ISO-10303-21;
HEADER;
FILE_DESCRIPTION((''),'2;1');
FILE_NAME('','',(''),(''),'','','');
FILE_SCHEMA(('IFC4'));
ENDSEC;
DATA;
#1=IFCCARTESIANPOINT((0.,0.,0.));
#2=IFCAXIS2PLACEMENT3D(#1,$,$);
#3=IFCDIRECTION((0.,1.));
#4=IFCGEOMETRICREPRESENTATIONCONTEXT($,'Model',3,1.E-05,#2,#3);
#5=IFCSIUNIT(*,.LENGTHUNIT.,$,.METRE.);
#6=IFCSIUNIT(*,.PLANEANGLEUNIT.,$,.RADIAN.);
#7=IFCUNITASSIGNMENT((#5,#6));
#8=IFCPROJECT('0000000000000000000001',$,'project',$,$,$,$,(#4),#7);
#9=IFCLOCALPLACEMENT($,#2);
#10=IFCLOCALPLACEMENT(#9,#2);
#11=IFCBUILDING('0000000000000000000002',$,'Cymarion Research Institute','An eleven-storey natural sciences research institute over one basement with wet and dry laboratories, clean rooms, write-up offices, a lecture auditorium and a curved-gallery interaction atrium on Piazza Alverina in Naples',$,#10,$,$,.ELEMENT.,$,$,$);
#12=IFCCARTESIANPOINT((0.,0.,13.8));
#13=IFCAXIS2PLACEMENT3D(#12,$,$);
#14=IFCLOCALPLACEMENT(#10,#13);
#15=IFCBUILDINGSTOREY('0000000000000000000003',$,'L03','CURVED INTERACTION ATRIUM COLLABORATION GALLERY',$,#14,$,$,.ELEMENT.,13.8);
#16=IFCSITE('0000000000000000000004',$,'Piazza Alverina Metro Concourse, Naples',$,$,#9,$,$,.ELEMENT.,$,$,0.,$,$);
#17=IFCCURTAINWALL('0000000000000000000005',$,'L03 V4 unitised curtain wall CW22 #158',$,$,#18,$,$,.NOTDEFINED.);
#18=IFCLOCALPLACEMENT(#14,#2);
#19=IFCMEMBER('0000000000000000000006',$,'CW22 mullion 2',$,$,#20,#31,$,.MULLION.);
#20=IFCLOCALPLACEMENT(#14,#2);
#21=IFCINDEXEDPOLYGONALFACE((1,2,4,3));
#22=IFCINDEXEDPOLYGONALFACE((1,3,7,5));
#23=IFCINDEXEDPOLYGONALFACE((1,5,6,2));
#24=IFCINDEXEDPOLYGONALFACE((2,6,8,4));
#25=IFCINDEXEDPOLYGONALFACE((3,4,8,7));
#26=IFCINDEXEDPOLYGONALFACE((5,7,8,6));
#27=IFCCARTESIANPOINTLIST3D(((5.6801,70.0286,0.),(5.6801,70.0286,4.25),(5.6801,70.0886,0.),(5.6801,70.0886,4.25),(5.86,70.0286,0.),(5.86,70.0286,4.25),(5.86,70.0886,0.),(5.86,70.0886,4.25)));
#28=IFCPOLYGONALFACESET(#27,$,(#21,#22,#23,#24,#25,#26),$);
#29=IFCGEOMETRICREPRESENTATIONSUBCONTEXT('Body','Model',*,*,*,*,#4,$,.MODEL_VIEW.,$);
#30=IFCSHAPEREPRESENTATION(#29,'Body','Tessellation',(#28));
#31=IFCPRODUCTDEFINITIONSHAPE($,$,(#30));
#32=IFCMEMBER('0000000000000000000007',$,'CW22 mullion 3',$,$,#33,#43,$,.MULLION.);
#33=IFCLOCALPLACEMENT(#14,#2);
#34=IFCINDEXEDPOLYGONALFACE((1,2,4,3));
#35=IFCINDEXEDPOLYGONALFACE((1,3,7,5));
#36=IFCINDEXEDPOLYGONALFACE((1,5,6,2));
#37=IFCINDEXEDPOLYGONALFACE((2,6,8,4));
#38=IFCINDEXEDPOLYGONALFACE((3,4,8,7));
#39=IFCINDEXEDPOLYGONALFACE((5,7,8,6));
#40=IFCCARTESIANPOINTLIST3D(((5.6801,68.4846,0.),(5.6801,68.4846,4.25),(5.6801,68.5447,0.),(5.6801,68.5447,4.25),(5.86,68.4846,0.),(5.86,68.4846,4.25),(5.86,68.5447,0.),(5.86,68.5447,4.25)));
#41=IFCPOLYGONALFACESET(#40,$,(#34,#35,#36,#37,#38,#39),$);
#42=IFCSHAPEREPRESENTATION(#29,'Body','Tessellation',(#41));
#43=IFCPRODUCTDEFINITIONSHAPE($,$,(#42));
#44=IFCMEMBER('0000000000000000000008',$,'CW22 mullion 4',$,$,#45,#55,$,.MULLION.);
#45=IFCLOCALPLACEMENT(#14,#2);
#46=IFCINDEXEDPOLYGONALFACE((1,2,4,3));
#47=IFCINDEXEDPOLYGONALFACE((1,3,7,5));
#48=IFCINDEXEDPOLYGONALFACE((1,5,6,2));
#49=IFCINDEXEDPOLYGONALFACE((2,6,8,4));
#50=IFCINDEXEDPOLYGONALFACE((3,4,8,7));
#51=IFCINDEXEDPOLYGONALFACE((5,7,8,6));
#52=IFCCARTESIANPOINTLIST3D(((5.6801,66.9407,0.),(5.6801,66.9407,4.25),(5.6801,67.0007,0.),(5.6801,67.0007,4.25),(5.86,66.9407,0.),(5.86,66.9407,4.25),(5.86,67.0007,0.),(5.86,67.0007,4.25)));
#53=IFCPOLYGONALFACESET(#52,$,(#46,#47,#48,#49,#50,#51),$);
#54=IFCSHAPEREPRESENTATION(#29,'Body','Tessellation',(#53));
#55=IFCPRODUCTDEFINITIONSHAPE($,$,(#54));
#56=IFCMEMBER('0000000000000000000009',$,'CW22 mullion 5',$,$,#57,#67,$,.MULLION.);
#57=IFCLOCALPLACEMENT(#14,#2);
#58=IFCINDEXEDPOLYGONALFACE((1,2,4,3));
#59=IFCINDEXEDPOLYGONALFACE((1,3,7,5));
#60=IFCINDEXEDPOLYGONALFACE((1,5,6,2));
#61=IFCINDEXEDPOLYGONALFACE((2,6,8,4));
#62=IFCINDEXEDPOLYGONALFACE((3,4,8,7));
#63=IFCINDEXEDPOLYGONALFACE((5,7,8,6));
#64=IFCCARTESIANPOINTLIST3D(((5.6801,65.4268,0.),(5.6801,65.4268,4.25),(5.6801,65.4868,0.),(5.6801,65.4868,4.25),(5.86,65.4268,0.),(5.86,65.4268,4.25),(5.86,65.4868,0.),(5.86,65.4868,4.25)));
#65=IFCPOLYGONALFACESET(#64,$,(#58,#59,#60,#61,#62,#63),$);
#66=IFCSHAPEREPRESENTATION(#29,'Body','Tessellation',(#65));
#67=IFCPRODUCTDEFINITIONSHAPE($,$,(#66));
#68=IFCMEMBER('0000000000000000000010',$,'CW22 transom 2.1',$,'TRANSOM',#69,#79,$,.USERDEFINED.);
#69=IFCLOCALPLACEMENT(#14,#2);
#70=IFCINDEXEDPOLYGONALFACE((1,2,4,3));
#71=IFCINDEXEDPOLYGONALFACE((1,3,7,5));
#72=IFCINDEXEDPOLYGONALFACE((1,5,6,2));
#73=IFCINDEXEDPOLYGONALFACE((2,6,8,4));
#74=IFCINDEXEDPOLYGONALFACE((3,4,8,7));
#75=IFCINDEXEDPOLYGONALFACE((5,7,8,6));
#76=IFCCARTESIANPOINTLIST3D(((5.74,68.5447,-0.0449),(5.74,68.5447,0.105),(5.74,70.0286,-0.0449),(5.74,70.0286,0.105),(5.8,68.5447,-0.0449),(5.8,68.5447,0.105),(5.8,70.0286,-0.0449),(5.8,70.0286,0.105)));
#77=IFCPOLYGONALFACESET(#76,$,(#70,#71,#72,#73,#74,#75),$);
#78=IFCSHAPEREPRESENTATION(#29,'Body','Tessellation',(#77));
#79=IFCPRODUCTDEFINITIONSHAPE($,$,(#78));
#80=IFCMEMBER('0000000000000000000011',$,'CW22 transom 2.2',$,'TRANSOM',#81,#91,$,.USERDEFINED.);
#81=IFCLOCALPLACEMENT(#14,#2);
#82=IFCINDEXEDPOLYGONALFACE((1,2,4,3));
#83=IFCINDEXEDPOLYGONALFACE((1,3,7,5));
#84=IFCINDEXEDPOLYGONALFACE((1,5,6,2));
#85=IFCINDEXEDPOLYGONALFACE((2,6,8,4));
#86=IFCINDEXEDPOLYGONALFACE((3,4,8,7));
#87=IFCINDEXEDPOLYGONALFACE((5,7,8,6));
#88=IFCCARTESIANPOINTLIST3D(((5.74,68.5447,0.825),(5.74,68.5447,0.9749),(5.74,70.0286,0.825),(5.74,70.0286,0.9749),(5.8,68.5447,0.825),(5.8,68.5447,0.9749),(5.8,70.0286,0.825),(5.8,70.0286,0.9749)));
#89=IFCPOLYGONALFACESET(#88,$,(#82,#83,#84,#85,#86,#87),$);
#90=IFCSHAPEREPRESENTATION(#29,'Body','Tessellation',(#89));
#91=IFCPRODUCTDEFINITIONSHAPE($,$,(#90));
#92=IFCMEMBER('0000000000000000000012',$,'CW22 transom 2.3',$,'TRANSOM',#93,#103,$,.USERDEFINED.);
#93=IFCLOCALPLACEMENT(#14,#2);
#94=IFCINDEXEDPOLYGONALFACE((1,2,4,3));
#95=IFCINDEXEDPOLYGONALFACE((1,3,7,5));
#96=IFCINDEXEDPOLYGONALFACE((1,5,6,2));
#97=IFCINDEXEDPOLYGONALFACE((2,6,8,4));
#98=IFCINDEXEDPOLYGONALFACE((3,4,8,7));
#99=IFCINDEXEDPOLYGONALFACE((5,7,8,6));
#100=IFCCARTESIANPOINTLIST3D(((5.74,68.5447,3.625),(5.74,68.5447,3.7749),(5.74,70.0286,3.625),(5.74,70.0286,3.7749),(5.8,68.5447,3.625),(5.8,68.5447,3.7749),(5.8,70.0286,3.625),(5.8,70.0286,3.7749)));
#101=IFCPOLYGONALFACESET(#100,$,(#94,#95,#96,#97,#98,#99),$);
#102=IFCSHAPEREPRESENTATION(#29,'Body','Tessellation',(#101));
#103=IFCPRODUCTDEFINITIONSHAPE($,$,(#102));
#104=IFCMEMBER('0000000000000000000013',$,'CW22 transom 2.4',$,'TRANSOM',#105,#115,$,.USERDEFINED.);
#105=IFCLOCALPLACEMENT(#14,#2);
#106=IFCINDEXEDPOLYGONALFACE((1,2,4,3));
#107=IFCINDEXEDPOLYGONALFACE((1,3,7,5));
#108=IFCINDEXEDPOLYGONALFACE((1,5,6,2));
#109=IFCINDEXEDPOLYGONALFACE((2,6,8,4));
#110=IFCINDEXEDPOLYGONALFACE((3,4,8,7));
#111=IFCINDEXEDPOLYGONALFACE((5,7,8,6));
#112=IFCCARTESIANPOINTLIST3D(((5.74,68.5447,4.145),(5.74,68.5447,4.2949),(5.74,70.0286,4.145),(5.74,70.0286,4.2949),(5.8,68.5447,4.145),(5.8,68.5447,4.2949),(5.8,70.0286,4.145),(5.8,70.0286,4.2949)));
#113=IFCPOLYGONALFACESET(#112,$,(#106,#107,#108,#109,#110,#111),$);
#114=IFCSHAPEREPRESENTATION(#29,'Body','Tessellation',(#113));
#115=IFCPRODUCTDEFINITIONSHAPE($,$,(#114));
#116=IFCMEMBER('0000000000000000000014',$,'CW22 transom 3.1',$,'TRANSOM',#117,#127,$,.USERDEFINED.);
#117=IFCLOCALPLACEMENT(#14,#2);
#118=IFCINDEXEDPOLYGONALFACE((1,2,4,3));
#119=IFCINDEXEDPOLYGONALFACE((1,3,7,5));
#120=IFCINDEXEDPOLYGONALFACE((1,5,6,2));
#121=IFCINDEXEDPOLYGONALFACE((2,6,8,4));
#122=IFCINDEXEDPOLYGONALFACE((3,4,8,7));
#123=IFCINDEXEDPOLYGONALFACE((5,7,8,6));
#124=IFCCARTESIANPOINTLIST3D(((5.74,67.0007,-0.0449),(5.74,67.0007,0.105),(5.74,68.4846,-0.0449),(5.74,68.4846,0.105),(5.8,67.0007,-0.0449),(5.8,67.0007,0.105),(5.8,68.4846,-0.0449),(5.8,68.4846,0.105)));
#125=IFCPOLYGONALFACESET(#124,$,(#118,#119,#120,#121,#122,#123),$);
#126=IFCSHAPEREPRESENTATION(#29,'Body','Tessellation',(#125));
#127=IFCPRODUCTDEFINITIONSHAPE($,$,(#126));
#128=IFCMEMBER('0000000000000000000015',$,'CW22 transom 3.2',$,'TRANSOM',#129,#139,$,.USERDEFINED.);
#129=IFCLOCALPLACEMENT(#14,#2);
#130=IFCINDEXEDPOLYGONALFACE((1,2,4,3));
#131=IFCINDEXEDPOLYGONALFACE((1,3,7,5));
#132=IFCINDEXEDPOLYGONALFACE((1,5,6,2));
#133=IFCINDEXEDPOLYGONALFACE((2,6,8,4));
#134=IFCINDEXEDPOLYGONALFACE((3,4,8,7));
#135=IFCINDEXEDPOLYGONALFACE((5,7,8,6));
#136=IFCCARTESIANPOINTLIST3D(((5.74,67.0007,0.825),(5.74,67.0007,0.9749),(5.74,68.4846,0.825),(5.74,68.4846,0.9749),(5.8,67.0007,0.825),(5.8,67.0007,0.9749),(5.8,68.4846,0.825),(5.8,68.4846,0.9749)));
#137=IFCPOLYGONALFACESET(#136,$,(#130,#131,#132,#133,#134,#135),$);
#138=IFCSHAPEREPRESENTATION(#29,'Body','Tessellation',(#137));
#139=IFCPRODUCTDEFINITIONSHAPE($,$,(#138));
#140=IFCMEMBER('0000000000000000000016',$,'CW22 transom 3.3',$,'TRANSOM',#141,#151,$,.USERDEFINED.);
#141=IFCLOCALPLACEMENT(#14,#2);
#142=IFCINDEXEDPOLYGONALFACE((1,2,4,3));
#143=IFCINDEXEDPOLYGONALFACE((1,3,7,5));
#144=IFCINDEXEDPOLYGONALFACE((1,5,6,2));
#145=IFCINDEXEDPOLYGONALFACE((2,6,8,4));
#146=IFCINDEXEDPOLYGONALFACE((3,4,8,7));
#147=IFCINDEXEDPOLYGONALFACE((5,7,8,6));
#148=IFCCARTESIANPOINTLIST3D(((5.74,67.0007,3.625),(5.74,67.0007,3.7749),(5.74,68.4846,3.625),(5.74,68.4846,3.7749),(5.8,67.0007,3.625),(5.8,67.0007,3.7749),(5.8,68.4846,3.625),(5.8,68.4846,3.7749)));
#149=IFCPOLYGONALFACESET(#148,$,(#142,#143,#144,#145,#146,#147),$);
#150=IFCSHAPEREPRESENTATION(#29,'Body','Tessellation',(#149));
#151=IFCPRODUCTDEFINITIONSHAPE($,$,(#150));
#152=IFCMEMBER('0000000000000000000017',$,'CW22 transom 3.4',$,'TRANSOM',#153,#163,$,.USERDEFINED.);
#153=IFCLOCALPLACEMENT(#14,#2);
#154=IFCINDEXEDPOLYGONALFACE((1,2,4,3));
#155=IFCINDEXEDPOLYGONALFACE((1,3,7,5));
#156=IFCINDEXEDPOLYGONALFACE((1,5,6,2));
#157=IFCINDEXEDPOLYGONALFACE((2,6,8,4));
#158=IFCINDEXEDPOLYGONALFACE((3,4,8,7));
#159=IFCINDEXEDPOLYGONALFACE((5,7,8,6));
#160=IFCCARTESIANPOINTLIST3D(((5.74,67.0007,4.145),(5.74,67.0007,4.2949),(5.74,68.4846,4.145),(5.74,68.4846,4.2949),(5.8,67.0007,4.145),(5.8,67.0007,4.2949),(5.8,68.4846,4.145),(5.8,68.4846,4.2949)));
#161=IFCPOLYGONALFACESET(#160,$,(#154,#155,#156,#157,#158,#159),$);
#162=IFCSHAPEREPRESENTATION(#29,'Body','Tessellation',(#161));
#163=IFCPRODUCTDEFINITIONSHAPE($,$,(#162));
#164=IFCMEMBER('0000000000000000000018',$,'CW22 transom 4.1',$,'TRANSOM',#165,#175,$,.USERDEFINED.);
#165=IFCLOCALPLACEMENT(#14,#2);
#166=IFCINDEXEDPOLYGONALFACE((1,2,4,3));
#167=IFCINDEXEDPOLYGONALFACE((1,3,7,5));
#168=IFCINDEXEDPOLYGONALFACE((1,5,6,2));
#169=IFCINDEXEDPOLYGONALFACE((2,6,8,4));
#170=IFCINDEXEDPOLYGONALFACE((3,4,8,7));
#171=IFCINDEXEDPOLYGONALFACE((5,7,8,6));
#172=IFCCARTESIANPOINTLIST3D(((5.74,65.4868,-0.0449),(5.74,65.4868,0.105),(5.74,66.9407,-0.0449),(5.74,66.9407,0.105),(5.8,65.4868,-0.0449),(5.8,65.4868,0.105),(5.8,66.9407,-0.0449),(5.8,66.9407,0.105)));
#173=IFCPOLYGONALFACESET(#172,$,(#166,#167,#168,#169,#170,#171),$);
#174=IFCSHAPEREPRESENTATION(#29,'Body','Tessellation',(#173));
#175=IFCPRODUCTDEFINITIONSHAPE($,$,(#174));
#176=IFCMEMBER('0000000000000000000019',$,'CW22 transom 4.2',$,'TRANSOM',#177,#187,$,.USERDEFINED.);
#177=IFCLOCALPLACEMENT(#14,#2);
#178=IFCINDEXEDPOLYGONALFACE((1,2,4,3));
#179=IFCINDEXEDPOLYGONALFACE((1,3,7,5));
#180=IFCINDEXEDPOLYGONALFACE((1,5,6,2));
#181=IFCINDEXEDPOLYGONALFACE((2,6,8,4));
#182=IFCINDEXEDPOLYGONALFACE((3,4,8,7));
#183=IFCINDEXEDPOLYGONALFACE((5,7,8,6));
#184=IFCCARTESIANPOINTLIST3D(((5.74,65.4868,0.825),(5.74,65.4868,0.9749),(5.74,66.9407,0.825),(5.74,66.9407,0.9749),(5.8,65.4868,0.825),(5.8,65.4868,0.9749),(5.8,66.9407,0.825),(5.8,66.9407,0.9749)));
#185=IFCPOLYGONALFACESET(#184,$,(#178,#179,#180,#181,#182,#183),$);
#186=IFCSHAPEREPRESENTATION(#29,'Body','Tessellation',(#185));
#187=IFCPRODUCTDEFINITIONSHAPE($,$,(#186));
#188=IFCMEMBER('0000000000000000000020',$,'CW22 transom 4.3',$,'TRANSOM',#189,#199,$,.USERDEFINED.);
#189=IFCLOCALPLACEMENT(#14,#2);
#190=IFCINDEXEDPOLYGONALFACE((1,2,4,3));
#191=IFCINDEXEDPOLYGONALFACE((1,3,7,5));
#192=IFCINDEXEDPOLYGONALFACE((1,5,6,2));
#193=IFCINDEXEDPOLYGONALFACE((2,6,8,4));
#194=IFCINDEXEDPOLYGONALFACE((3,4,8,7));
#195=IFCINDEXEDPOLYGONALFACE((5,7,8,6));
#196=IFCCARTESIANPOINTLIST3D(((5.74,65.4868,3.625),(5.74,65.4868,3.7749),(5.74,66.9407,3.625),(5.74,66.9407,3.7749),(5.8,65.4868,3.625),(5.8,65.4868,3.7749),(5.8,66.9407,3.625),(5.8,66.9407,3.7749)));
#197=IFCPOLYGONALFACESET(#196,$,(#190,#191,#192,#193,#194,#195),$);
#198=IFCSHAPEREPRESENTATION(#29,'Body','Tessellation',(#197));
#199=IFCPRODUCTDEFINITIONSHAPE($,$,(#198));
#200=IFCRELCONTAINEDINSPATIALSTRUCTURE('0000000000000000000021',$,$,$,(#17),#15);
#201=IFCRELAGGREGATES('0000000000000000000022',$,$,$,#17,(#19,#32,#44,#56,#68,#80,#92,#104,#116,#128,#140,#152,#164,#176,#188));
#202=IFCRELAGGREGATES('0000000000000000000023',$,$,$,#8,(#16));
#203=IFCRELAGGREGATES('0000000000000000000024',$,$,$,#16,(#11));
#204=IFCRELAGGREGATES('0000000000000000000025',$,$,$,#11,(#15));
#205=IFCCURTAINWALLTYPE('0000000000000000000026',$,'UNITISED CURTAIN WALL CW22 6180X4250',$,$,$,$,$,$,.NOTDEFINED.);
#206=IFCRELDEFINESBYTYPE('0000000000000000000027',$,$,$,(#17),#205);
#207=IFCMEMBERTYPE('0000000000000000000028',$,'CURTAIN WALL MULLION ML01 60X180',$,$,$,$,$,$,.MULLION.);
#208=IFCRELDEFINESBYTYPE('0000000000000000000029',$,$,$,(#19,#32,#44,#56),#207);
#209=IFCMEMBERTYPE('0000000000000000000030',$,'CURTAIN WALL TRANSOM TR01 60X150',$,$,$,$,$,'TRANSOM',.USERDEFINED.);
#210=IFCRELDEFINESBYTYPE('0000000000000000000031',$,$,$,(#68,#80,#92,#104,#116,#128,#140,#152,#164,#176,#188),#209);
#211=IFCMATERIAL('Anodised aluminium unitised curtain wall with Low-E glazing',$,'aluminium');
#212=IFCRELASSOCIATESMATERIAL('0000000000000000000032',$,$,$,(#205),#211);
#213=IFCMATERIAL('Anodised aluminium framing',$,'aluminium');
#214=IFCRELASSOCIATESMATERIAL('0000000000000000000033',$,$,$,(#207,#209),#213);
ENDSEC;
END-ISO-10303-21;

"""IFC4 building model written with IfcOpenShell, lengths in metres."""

from ifc_helpers import new_model, si_unit, direction, frame, origin, origin_2d, place, context, subcontext, project, spatial, rectangle, extrude, material, material_profile, profile_set, type_object, element, aggregate, save


model = new_model("IFC4")

# Units and contexts
model_context = context("Model", 3, precision=1e-05, world=origin(), true_north=direction((0.0, 1.0)))
body_context = subcontext(model_context, "Body", "Model", "MODEL_VIEW")
ifc_project = project(units=[si_unit("LENGTHUNIT", "METRE"), si_unit("PLANEANGLEUNIT", "RADIAN")], contexts=[model_context])

# Site, building, storey
site_placement = place(None, origin())
site = spatial("IfcSite", under=ifc_project, at=site_placement, Name="Piazza Alverina Metro Concourse, Naples", CompositionType="ELEMENT", RefElevation=0.0)
building_placement = place(site_placement, origin())
building = spatial("IfcBuilding", under=site, at=building_placement, Name="Cymarion Research Institute", Description="An eleven-storey natural sciences research institute over one basement with wet and dry laboratories, clean rooms, write-up offices, a lecture auditorium and a curved-gallery interaction atrium on Piazza Alverina in Naples", CompositionType="ELEMENT")
storey_placement = place(building_placement, frame((0.0, 0.0, 13.8)))
storey = spatial("IfcBuildingStorey", under=building, at=storey_placement, Name="L03", Description="CURVED INTERACTION ATRIUM COLLABORATION GALLERY", CompositionType="ELEMENT", Elevation=13.8)

# Curtain wall, members
ifc_material_1 = material(Name="Anodised aluminium unitised curtain wall with Low-E glazing", Category="aluminium")
curtain_wall_type = type_object("IfcCurtainWallType", Name="UNITISED CURTAIN WALL CW22 6180X4250", PredefinedType="NOTDEFINED", material=ifc_material_1)
curtain_wall_placement = place(storey_placement, origin())
curtain_wall = element("IfcCurtainWall", 1, at=curtain_wall_placement, inside=storey, type_object=curtain_wall_type, Name="L03 V4 unitised curtain wall CW22 #158", PredefinedType="NOTDEFINED")
ifc_material_2 = material(Name="Anodised aluminium framing", Category="aluminium")
ifc_material_profile_1 = material_profile(ifc_material_2, rectangle(XDim=0.0601, YDim=0.1799, at=origin_2d()), Name="ALU MULLION 60x180")
ifc_profile_set_1 = profile_set([ifc_material_profile_1], Name="Anodised aluminium framing")
member_type_1 = type_object("IfcMemberType", Name="CURTAIN WALL MULLION ML01 60X180", PredefinedType="MULLION", material=ifc_profile_set_1)
member_1_placement = place(storey_placement, frame((5.77, 70.0586, 0.0), z_axis=(0.0, 0.0, 1.0), x_axis=(0.0, -1.0, 0.0)))
member_1 = element("IfcMember", 2, at=member_1_placement, type_object=member_type_1, Name="CW22 mullion 2", PredefinedType="MULLION", context=body_context, shape_type="SweptSolid", body=[
    extrude(rectangle(XDim=0.0601, YDim=0.1799, at=origin_2d()), origin(), (0.0, 0.0, 1.0), 4.25),
])
member_2_placement = place(storey_placement, frame((5.77, 68.5146, 0.0), z_axis=(0.0, 0.0, 1.0), x_axis=(0.0, -1.0, 0.0)))
member_2 = element("IfcMember", 3, at=member_2_placement, type_object=member_type_1, Name="CW22 mullion 3", PredefinedType="MULLION", context=body_context, shape_type="SweptSolid", body=[
    extrude(rectangle(XDim=0.0601, YDim=0.1799, at=origin_2d()), origin(), (0.0, 0.0, 1.0), 4.25),
])
member_3_placement = place(storey_placement, frame((5.77, 66.9707, 0.0), z_axis=(0.0, 0.0, 1.0), x_axis=(0.0, -1.0, 0.0)))
member_3 = element("IfcMember", 4, at=member_3_placement, type_object=member_type_1, Name="CW22 mullion 4", PredefinedType="MULLION", context=body_context, shape_type="SweptSolid", body=[
    extrude(rectangle(XDim=0.0601, YDim=0.1799, at=origin_2d()), origin(), (0.0, 0.0, 1.0), 4.25),
])
member_4_placement = place(storey_placement, frame((5.77, 65.4568, 0.0), z_axis=(0.0, 0.0, 1.0), x_axis=(0.0, -1.0, 0.0)))
member_4 = element("IfcMember", 5, at=member_4_placement, type_object=member_type_1, Name="CW22 mullion 5", PredefinedType="MULLION", context=body_context, shape_type="SweptSolid", body=[
    extrude(rectangle(XDim=0.0601, YDim=0.1799, at=origin_2d()), origin(), (0.0, 0.0, 1.0), 4.25),
])
ifc_material_profile_2 = material_profile(ifc_material_2, rectangle(XDim=0.0601, YDim=0.1499, at=origin_2d()), Name="ALU TRANSOM 60x150")
ifc_profile_set_2 = profile_set([ifc_material_profile_2], Name="Anodised aluminium framing")
member_type_2 = type_object("IfcMemberType", Name="CURTAIN WALL TRANSOM TR01 60X150", ElementType="TRANSOM", PredefinedType="USERDEFINED", material=ifc_profile_set_2)
member_5_placement = place(storey_placement, frame((5.77, 70.0286, 0.03), z_axis=(0.0, -1.0, 0.0), x_axis=(1.0, 0.0, 0.0)))
member_5 = element("IfcMember", 6, at=member_5_placement, type_object=member_type_2, Name="CW22 transom 2.1", ObjectType="TRANSOM", PredefinedType="USERDEFINED", context=body_context, shape_type="SweptSolid", body=[
    extrude(rectangle(XDim=0.0601, YDim=0.1499, at=origin_2d()), origin(), (0.0, 0.0, 1.0), 1.4839),
])
member_6_placement = place(storey_placement, frame((5.77, 70.0286, 0.8999), z_axis=(0.0, -1.0, 0.0), x_axis=(1.0, 0.0, 0.0)))
member_6 = element("IfcMember", 7, at=member_6_placement, type_object=member_type_2, Name="CW22 transom 2.2", ObjectType="TRANSOM", PredefinedType="USERDEFINED", context=body_context, shape_type="SweptSolid", body=[
    extrude(rectangle(XDim=0.0601, YDim=0.1499, at=origin_2d()), origin(), (0.0, 0.0, 1.0), 1.4839),
])
member_7_placement = place(storey_placement, frame((5.77, 70.0286, 3.7), z_axis=(0.0, -1.0, 0.0), x_axis=(1.0, 0.0, 0.0)))
member_7 = element("IfcMember", 8, at=member_7_placement, type_object=member_type_2, Name="CW22 transom 2.3", ObjectType="TRANSOM", PredefinedType="USERDEFINED", context=body_context, shape_type="SweptSolid", body=[
    extrude(rectangle(XDim=0.0601, YDim=0.1499, at=origin_2d()), origin(), (0.0, 0.0, 1.0), 1.4839),
])
member_8_placement = place(storey_placement, frame((5.77, 70.0286, 4.22), z_axis=(0.0, -1.0, 0.0), x_axis=(1.0, 0.0, 0.0)))
member_8 = element("IfcMember", 9, at=member_8_placement, type_object=member_type_2, Name="CW22 transom 2.4", ObjectType="TRANSOM", PredefinedType="USERDEFINED", context=body_context, shape_type="SweptSolid", body=[
    extrude(rectangle(XDim=0.0601, YDim=0.1499, at=origin_2d()), origin(), (0.0, 0.0, 1.0), 1.4839),
])
member_9_placement = place(storey_placement, frame((5.77, 68.4846, 0.03), z_axis=(0.0, -1.0, 0.0), x_axis=(1.0, 0.0, 0.0)))
member_9 = element("IfcMember", 10, at=member_9_placement, type_object=member_type_2, Name="CW22 transom 3.1", ObjectType="TRANSOM", PredefinedType="USERDEFINED", context=body_context, shape_type="SweptSolid", body=[
    extrude(rectangle(XDim=0.0601, YDim=0.1499, at=origin_2d()), origin(), (0.0, 0.0, 1.0), 1.4839),
])
member_10_placement = place(storey_placement, frame((5.77, 68.4846, 0.8999), z_axis=(0.0, -1.0, 0.0), x_axis=(1.0, 0.0, 0.0)))
member_10 = element("IfcMember", 11, at=member_10_placement, type_object=member_type_2, Name="CW22 transom 3.2", ObjectType="TRANSOM", PredefinedType="USERDEFINED", context=body_context, shape_type="SweptSolid", body=[
    extrude(rectangle(XDim=0.0601, YDim=0.1499, at=origin_2d()), origin(), (0.0, 0.0, 1.0), 1.4839),
])
member_11_placement = place(storey_placement, frame((5.77, 68.4846, 3.7), z_axis=(0.0, -1.0, 0.0), x_axis=(1.0, 0.0, 0.0)))
member_11 = element("IfcMember", 12, at=member_11_placement, type_object=member_type_2, Name="CW22 transom 3.3", ObjectType="TRANSOM", PredefinedType="USERDEFINED", context=body_context, shape_type="SweptSolid", body=[
    extrude(rectangle(XDim=0.0601, YDim=0.1499, at=origin_2d()), origin(), (0.0, 0.0, 1.0), 1.4839),
])
member_12_placement = place(storey_placement, frame((5.77, 68.4846, 4.22), z_axis=(0.0, -1.0, 0.0), x_axis=(1.0, 0.0, 0.0)))
member_12 = element("IfcMember", 13, at=member_12_placement, type_object=member_type_2, Name="CW22 transom 3.4", ObjectType="TRANSOM", PredefinedType="USERDEFINED", context=body_context, shape_type="SweptSolid", body=[
    extrude(rectangle(XDim=0.0601, YDim=0.1499, at=origin_2d()), origin(), (0.0, 0.0, 1.0), 1.4839),
])
member_13_placement = place(storey_placement, frame((5.77, 66.9407, 0.03), z_axis=(0.0, -1.0, 0.0), x_axis=(1.0, 0.0, 0.0)))
member_13 = element("IfcMember", 14, at=member_13_placement, type_object=member_type_2, Name="CW22 transom 4.1", ObjectType="TRANSOM", PredefinedType="USERDEFINED", context=body_context, shape_type="SweptSolid", body=[
    extrude(rectangle(XDim=0.0601, YDim=0.1499, at=origin_2d()), origin(), (0.0, 0.0, 1.0), 1.4539),
])
member_14_placement = place(storey_placement, frame((5.77, 66.9407, 0.8999), z_axis=(0.0, -1.0, 0.0), x_axis=(1.0, 0.0, 0.0)))
member_14 = element("IfcMember", 15, at=member_14_placement, type_object=member_type_2, Name="CW22 transom 4.2", ObjectType="TRANSOM", PredefinedType="USERDEFINED", context=body_context, shape_type="SweptSolid", body=[
    extrude(rectangle(XDim=0.0601, YDim=0.1499, at=origin_2d()), origin(), (0.0, 0.0, 1.0), 1.4539),
])
member_15_placement = place(storey_placement, frame((5.77, 66.9407, 3.7), z_axis=(0.0, -1.0, 0.0), x_axis=(1.0, 0.0, 0.0)))
member_15 = element("IfcMember", 16, at=member_15_placement, type_object=member_type_2, Name="CW22 transom 4.3", ObjectType="TRANSOM", PredefinedType="USERDEFINED", context=body_context, shape_type="SweptSolid", body=[
    extrude(rectangle(XDim=0.0601, YDim=0.1499, at=origin_2d()), origin(), (0.0, 0.0, 1.0), 1.4539),
])
aggregate(curtain_wall, [member_1, member_2, member_3, member_4, member_5, member_6, member_7, member_8, member_9, member_10, member_11, member_12, member_13, member_14, member_15])

save(model, "model.ifc")
